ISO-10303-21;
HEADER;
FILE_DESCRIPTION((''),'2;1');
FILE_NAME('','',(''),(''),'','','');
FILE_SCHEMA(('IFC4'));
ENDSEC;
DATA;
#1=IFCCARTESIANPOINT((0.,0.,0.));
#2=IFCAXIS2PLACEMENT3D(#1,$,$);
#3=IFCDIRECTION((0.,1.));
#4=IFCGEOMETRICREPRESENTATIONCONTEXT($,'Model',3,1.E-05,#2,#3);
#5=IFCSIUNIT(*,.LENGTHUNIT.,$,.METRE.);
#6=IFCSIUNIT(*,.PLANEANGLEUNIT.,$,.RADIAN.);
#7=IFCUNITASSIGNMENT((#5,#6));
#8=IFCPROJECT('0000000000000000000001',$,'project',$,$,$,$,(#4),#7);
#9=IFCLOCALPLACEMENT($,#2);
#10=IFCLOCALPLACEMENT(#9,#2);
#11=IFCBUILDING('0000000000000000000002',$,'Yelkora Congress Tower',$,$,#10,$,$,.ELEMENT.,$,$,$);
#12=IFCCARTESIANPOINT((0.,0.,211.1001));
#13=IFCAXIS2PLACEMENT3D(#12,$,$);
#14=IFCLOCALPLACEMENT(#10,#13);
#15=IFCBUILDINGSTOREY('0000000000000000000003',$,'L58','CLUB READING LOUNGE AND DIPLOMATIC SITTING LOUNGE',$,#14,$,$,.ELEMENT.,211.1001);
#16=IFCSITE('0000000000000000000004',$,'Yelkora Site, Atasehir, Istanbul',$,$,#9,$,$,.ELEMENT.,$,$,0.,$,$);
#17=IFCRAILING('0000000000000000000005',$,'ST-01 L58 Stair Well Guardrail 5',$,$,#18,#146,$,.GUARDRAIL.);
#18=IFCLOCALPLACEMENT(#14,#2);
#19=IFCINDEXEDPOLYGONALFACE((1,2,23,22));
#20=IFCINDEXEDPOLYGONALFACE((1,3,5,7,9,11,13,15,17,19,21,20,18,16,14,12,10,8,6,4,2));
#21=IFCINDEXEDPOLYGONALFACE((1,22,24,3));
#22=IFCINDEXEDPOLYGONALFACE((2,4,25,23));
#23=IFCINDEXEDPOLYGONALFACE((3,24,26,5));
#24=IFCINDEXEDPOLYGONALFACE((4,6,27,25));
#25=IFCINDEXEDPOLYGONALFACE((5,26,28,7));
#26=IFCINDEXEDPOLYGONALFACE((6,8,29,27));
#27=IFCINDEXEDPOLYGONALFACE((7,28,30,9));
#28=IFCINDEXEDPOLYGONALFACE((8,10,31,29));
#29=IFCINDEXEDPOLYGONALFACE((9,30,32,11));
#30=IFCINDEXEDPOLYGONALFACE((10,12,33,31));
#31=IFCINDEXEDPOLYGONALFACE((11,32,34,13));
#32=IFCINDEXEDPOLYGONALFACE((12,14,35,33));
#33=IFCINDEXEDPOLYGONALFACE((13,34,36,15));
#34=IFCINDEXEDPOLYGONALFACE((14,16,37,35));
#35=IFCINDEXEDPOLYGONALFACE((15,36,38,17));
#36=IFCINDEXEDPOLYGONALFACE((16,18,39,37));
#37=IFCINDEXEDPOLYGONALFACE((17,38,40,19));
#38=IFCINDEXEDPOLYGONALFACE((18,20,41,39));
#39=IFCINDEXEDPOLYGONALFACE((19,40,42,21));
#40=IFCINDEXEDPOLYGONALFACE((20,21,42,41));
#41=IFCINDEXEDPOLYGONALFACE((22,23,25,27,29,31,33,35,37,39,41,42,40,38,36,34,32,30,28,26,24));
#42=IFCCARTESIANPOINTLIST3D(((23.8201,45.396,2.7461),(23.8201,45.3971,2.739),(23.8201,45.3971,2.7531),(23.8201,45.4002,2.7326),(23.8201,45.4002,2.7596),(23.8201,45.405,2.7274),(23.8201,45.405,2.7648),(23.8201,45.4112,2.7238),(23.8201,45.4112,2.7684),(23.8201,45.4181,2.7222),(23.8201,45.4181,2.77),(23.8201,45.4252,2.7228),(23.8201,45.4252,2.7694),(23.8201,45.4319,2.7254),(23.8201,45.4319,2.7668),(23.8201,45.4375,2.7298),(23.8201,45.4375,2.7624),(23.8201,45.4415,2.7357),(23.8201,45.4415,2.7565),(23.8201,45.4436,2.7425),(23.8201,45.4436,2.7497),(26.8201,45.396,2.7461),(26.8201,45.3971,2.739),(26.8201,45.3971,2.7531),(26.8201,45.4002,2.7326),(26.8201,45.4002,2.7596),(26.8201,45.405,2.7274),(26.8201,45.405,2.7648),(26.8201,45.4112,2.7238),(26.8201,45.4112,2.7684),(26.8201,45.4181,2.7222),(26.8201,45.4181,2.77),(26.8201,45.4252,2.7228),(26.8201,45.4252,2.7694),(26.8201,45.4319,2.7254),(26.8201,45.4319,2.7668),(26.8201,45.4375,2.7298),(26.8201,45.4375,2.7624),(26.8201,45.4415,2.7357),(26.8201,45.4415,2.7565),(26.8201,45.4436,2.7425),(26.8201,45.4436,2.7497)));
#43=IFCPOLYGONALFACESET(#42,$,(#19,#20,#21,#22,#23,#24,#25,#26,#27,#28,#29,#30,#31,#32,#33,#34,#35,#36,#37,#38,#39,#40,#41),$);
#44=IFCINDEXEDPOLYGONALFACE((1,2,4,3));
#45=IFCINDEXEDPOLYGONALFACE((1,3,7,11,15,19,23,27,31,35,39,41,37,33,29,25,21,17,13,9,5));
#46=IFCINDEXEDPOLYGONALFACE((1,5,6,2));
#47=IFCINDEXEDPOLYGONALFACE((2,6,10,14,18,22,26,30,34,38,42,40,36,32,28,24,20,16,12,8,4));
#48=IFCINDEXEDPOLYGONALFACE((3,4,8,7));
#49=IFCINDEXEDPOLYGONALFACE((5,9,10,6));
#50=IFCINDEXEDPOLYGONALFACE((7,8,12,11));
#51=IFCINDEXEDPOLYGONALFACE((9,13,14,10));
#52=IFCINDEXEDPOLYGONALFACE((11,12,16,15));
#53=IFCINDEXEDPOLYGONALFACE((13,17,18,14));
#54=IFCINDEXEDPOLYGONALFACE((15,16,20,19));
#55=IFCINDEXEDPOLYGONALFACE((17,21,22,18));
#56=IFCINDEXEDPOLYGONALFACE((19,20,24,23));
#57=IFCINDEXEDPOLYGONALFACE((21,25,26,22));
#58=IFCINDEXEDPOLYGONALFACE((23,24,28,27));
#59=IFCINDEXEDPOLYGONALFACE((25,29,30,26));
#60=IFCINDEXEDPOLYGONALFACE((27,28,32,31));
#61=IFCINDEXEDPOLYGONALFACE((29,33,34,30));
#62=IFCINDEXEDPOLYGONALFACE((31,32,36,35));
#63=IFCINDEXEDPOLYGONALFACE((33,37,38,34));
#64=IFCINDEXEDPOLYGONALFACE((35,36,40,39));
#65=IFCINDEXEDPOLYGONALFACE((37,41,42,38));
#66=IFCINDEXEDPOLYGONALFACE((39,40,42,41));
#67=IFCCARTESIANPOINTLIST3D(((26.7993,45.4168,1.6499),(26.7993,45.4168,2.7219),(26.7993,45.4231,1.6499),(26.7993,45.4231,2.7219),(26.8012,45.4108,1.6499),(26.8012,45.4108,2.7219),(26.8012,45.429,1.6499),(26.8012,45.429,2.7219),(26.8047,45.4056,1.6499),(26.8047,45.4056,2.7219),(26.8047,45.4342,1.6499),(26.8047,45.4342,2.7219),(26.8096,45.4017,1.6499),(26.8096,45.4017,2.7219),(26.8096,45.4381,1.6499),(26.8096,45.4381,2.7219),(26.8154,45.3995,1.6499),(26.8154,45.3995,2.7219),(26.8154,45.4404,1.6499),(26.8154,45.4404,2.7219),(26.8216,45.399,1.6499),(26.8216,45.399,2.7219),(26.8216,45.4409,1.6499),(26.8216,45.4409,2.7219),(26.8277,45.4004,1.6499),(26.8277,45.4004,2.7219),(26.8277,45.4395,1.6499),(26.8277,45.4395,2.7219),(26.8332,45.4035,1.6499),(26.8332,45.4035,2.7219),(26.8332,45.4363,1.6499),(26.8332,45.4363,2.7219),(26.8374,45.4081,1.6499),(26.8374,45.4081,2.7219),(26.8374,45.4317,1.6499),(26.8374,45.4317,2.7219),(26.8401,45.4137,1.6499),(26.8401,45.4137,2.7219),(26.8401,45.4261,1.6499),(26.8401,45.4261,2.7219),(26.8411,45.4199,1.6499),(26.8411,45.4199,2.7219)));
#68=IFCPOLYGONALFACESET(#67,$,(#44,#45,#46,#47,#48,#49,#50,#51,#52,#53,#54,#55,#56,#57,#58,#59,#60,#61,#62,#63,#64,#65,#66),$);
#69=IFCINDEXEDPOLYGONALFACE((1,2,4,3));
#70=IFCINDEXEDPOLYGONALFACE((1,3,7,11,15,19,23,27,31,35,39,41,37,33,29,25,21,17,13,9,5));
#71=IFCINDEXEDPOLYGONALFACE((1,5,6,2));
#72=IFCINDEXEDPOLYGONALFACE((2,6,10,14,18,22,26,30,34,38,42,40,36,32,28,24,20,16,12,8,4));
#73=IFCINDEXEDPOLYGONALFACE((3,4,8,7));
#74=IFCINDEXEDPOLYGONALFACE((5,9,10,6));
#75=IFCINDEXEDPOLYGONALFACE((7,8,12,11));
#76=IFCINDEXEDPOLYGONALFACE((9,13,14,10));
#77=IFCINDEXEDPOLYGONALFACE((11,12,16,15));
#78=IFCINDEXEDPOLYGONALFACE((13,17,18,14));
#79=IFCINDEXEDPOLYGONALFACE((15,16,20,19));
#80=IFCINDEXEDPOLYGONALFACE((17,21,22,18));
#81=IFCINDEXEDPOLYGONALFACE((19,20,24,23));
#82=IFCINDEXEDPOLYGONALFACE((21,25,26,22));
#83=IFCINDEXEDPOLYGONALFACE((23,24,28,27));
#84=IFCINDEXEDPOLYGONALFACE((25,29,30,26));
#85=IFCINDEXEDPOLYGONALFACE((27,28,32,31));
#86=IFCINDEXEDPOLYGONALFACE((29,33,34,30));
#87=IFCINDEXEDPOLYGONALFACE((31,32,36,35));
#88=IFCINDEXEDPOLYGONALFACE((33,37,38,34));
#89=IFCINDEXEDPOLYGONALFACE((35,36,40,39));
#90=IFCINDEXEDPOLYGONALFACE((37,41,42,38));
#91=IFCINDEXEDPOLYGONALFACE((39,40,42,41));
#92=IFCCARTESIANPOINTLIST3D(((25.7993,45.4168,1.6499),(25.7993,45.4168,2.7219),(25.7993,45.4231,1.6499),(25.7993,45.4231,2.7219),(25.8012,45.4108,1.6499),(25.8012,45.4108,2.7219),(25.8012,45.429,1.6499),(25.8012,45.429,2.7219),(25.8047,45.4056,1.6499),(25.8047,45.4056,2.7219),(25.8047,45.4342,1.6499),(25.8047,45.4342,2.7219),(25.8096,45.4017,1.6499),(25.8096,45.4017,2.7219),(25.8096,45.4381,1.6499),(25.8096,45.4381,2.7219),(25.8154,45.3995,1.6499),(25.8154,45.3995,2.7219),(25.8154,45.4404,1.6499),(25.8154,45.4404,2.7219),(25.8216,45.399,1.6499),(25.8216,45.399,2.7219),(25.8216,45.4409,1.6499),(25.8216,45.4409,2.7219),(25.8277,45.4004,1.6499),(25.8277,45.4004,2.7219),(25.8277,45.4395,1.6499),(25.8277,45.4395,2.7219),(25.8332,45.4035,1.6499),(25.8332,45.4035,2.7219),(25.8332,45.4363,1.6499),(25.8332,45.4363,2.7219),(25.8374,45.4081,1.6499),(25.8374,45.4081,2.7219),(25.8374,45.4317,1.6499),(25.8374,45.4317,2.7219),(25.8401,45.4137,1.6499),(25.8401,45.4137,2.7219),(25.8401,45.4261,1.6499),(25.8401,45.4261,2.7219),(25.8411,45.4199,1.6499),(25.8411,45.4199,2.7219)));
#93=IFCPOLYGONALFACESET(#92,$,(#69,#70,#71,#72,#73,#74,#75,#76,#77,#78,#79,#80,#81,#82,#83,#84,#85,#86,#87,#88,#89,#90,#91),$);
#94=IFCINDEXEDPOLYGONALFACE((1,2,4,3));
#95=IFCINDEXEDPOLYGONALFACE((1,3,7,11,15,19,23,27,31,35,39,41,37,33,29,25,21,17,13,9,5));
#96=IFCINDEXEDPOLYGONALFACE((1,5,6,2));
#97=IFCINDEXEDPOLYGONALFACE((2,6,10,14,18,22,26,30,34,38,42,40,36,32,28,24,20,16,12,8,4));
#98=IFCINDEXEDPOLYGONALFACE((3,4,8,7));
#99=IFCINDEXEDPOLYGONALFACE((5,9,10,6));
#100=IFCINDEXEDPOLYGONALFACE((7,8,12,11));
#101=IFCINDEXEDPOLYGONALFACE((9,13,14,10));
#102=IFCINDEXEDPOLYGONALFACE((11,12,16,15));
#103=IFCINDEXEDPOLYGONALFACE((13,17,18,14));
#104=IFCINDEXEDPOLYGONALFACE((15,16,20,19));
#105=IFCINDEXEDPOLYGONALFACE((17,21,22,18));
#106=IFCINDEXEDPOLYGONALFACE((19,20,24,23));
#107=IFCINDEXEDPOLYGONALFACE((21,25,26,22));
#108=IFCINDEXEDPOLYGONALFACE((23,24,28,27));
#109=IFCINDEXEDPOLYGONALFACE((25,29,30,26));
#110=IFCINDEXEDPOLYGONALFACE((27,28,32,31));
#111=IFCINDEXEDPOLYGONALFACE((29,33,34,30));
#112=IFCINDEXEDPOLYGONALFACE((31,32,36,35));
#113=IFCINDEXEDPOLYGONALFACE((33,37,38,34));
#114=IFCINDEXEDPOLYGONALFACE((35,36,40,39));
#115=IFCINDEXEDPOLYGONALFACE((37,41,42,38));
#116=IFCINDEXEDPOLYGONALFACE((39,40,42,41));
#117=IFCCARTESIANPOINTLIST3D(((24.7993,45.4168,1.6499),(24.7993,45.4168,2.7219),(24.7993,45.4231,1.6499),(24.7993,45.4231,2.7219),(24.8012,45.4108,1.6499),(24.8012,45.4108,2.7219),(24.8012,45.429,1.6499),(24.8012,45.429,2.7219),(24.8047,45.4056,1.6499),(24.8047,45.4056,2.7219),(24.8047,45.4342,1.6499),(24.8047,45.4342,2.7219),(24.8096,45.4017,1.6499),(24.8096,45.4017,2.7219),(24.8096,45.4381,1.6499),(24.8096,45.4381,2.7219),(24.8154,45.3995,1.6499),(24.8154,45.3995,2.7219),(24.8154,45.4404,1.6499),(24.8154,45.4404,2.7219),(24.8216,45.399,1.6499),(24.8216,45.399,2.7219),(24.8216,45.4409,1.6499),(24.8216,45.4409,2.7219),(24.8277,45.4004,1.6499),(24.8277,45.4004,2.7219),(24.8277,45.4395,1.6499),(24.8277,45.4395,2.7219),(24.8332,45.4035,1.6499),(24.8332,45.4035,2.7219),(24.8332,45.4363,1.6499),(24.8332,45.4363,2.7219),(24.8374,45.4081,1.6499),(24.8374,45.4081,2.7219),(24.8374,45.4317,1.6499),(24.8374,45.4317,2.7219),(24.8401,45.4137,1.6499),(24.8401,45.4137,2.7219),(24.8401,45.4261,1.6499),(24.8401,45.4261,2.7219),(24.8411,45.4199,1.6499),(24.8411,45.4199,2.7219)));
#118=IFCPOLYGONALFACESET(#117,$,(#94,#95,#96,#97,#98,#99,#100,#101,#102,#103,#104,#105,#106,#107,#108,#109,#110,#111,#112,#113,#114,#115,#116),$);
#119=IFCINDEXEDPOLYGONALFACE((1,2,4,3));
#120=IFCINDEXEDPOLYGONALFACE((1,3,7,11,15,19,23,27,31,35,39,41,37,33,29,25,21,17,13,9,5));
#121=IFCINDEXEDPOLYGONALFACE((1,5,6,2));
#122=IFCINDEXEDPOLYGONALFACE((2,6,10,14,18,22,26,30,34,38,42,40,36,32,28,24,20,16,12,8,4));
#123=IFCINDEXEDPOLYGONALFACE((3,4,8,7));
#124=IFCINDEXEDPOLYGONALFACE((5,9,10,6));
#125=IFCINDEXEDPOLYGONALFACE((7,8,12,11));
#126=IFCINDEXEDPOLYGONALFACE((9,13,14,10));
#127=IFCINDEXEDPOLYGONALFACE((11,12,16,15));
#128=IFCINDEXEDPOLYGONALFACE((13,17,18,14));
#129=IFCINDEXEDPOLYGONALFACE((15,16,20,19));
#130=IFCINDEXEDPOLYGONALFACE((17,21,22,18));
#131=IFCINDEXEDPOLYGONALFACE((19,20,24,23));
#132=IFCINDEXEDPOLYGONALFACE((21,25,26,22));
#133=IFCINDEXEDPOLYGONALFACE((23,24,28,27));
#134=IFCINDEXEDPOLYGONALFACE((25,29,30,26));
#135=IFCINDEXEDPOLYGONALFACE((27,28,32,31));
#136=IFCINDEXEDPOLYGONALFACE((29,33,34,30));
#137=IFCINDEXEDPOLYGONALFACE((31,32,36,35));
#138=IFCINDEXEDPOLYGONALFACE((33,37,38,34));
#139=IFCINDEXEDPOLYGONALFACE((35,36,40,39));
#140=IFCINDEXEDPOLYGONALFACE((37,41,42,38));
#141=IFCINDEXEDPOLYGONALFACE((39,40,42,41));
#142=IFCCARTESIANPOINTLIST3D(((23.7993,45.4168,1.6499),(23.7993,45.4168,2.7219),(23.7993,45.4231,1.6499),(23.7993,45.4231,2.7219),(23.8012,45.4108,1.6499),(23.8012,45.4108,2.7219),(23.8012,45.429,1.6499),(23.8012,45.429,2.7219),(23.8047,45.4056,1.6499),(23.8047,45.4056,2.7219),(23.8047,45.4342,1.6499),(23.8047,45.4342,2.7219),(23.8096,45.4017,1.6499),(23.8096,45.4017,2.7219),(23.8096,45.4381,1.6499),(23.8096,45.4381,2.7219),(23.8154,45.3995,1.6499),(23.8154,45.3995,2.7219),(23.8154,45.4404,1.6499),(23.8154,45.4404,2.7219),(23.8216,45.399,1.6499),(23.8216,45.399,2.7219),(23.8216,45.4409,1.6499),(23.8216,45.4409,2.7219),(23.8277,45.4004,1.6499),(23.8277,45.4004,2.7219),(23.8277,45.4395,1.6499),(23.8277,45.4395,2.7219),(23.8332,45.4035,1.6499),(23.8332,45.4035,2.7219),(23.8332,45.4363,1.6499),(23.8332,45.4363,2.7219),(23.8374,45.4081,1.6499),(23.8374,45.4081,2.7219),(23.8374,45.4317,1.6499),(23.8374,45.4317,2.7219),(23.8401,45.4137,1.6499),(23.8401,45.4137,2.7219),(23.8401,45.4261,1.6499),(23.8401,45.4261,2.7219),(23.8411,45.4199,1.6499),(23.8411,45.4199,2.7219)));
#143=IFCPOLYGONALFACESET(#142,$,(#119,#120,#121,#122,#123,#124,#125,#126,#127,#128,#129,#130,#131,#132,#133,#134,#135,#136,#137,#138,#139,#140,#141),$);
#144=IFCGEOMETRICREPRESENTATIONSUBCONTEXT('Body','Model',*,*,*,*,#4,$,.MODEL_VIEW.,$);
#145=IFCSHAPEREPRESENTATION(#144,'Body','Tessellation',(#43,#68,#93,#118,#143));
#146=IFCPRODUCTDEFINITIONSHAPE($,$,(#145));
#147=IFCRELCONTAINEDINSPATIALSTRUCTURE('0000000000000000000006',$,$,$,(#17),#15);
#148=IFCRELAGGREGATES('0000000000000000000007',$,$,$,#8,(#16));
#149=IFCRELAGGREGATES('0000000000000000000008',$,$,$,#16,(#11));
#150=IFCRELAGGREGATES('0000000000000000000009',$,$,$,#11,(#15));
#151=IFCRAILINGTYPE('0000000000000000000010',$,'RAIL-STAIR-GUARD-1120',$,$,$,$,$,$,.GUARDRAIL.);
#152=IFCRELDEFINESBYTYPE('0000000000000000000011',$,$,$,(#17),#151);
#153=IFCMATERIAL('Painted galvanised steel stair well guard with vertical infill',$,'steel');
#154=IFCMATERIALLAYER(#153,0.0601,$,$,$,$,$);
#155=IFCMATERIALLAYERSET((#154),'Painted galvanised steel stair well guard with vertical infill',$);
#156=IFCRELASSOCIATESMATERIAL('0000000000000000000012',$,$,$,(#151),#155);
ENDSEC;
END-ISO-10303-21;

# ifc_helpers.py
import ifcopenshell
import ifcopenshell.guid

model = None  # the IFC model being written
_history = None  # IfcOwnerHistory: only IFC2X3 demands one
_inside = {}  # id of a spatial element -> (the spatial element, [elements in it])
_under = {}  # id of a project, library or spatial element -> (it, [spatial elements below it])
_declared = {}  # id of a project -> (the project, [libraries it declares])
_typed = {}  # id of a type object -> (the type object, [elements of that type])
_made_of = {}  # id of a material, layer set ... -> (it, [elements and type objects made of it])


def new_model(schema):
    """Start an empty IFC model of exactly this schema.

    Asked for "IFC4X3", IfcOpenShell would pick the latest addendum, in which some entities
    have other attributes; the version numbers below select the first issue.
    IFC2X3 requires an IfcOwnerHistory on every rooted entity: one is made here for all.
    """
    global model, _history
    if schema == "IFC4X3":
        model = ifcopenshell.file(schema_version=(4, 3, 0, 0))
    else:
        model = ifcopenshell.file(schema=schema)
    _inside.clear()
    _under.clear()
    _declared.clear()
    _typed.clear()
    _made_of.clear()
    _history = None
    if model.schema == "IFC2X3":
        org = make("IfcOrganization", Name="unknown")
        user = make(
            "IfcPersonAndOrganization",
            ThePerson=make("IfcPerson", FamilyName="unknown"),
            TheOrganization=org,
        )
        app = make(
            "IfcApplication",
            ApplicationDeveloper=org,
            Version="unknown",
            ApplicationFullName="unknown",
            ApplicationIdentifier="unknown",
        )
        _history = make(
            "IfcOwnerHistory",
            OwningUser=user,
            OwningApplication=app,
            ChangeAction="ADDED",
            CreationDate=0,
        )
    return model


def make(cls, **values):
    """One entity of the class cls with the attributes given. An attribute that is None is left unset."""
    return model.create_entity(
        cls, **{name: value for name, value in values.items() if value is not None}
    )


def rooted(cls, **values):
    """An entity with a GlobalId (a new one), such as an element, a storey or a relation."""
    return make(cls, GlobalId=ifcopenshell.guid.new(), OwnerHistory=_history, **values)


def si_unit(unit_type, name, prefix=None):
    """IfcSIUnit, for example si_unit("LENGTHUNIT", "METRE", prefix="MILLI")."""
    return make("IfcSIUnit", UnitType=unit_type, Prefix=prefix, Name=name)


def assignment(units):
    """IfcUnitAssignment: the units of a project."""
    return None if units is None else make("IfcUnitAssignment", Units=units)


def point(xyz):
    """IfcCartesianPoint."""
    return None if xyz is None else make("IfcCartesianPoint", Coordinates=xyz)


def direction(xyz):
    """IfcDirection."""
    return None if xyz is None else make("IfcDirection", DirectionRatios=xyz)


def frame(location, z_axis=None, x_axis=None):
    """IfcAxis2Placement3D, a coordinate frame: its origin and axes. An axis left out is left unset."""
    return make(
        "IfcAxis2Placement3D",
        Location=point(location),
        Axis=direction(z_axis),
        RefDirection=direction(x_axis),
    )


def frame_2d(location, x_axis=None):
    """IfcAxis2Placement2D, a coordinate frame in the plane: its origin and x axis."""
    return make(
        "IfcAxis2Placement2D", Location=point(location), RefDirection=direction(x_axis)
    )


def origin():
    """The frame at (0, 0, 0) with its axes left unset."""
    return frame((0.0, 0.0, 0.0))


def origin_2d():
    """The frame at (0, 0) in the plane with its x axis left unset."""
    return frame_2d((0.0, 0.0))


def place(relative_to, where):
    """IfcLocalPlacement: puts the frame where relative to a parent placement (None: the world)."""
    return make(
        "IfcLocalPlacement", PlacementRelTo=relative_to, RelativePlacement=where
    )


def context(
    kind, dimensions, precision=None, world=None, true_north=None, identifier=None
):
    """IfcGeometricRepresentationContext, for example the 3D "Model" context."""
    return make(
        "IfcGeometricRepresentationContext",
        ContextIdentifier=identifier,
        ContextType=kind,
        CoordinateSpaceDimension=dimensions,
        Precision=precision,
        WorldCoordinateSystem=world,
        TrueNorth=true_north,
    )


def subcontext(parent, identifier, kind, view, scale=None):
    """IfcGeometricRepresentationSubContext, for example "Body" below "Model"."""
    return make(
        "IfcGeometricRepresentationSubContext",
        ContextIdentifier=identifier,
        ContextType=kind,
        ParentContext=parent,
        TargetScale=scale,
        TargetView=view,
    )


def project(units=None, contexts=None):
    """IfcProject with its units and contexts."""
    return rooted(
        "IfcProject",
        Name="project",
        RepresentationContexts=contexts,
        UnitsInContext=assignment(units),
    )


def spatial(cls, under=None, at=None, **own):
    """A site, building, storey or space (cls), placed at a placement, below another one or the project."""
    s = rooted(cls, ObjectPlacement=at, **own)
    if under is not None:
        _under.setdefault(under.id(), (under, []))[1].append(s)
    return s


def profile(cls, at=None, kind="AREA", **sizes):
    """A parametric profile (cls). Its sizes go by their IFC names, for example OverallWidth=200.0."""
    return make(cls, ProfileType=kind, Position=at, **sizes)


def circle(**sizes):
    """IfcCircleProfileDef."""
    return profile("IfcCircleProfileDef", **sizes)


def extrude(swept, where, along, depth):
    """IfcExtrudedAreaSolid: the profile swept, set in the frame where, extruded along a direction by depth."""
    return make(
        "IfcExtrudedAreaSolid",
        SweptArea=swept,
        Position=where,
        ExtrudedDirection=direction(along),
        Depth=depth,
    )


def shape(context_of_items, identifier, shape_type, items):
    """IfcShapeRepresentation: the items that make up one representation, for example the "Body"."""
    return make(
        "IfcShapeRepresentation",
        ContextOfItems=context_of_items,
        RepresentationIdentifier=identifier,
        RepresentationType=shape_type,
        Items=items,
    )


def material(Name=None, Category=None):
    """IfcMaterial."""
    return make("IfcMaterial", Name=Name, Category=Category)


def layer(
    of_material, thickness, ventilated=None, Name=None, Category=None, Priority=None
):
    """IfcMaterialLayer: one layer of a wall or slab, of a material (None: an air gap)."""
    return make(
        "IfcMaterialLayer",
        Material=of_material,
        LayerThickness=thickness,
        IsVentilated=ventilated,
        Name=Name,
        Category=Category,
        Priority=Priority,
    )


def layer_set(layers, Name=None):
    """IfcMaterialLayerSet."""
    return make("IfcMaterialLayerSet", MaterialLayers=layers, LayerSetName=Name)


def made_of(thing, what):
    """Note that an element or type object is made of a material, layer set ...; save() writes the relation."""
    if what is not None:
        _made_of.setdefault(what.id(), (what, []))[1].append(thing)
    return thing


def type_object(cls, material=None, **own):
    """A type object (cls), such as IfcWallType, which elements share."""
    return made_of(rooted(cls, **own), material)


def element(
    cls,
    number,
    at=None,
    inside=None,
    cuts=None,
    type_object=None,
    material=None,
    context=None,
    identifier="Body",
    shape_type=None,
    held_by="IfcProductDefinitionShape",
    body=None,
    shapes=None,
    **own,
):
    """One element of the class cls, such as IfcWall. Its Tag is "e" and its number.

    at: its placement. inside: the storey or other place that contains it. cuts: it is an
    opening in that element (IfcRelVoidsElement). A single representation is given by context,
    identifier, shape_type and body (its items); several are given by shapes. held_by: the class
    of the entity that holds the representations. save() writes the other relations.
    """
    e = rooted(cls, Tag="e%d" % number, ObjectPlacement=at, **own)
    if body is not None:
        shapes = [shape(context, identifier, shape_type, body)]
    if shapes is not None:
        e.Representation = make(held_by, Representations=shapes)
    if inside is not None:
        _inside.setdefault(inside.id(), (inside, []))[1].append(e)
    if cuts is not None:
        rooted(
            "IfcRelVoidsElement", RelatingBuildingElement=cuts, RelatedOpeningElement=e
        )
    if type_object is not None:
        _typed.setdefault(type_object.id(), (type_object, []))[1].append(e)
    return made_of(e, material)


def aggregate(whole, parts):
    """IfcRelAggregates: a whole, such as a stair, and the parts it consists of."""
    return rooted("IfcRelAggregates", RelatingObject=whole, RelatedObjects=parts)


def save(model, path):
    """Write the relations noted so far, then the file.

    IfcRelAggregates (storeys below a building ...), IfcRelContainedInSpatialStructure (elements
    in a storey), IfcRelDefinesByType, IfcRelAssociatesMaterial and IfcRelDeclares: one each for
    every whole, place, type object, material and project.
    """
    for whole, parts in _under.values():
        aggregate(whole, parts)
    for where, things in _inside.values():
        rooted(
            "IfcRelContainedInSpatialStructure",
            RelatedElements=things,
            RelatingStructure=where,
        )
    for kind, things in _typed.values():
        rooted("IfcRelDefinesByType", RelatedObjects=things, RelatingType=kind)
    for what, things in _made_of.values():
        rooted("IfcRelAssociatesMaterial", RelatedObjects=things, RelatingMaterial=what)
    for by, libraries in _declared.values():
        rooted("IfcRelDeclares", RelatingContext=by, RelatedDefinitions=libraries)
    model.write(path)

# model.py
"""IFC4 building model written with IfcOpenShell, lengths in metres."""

from ifc_helpers import new_model, si_unit, direction, frame, origin, origin_2d, place, context, subcontext, project, spatial, circle, extrude, material, layer, layer_set, type_object, element, save


model = new_model("IFC4")

# Units and contexts
model_context = context("Model", 3, precision=1e-05, world=origin(), true_north=direction((0.0, 1.0)))
body_context = subcontext(model_context, "Body", "Model", "MODEL_VIEW")
ifc_project = project(units=[si_unit("LENGTHUNIT", "METRE"), si_unit("PLANEANGLEUNIT", "RADIAN")], contexts=[model_context])

# Site, building, storey
site_placement = place(None, origin())
site = spatial("IfcSite", under=ifc_project, at=site_placement, Name="Yelkora Site, Atasehir, Istanbul", CompositionType="ELEMENT", RefElevation=0.0)
building_placement = place(site_placement, origin())
building = spatial("IfcBuilding", under=site, at=building_placement, Name="Yelkora Congress Tower", CompositionType="ELEMENT")
storey_placement = place(building_placement, frame((0.0, 0.0, 211.1001)))
storey = spatial("IfcBuildingStorey", under=building, at=storey_placement, Name="L58", Description="CLUB READING LOUNGE AND DIPLOMATIC SITTING LOUNGE", CompositionType="ELEMENT", Elevation=211.1001)

# Railing
ifc_material_1 = material(Name="Painted galvanised steel stair well guard with vertical infill", Category="steel")
ifc_layer_1 = layer(ifc_material_1, 0.0601)
ifc_layer_set_1 = layer_set([ifc_layer_1], Name="Painted galvanised steel stair well guard with vertical infill")
railing_type_1 = type_object("IfcRailingType", Name="RAIL-STAIR-GUARD-1120", PredefinedType="GUARDRAIL", material=ifc_layer_set_1)
railing_1_placement = place(storey_placement, frame((26.8201, 45.4199, 1.6499)))
element("IfcRailing", 1, at=railing_1_placement, inside=storey, type_object=railing_type_1, Name="ST-01 L58 Stair Well Guardrail 5", PredefinedType="GUARDRAIL", context=body_context, shape_type="SweptSolid", body=[
    extrude(circle(Radius=0.0239, at=origin_2d()), frame((0.0, 0.0, 1.0962), z_axis=(-1.0, 0.0, 0.0), x_axis=(0.0, -1.0, 0.0)), (0.0, 0.0, 1.0), 3.0),
    extrude(circle(Radius=0.021, at=origin_2d()), origin(), (0.0, 0.0, 1.0), 1.072),
    extrude(circle(Radius=0.021, at=origin_2d()), frame((-1.0, 0.0, 0.0)), (0.0, 0.0, 1.0), 1.072),
    extrude(circle(Radius=0.021, at=origin_2d()), frame((-2.0, 0.0, 0.0)), (0.0, 0.0, 1.0), 1.072),
    extrude(circle(Radius=0.021, at=origin_2d()), frame((-3.0, 0.0, 0.0)), (0.0, 0.0, 1.0), 1.072),
])

save(model, "model.ifc")
